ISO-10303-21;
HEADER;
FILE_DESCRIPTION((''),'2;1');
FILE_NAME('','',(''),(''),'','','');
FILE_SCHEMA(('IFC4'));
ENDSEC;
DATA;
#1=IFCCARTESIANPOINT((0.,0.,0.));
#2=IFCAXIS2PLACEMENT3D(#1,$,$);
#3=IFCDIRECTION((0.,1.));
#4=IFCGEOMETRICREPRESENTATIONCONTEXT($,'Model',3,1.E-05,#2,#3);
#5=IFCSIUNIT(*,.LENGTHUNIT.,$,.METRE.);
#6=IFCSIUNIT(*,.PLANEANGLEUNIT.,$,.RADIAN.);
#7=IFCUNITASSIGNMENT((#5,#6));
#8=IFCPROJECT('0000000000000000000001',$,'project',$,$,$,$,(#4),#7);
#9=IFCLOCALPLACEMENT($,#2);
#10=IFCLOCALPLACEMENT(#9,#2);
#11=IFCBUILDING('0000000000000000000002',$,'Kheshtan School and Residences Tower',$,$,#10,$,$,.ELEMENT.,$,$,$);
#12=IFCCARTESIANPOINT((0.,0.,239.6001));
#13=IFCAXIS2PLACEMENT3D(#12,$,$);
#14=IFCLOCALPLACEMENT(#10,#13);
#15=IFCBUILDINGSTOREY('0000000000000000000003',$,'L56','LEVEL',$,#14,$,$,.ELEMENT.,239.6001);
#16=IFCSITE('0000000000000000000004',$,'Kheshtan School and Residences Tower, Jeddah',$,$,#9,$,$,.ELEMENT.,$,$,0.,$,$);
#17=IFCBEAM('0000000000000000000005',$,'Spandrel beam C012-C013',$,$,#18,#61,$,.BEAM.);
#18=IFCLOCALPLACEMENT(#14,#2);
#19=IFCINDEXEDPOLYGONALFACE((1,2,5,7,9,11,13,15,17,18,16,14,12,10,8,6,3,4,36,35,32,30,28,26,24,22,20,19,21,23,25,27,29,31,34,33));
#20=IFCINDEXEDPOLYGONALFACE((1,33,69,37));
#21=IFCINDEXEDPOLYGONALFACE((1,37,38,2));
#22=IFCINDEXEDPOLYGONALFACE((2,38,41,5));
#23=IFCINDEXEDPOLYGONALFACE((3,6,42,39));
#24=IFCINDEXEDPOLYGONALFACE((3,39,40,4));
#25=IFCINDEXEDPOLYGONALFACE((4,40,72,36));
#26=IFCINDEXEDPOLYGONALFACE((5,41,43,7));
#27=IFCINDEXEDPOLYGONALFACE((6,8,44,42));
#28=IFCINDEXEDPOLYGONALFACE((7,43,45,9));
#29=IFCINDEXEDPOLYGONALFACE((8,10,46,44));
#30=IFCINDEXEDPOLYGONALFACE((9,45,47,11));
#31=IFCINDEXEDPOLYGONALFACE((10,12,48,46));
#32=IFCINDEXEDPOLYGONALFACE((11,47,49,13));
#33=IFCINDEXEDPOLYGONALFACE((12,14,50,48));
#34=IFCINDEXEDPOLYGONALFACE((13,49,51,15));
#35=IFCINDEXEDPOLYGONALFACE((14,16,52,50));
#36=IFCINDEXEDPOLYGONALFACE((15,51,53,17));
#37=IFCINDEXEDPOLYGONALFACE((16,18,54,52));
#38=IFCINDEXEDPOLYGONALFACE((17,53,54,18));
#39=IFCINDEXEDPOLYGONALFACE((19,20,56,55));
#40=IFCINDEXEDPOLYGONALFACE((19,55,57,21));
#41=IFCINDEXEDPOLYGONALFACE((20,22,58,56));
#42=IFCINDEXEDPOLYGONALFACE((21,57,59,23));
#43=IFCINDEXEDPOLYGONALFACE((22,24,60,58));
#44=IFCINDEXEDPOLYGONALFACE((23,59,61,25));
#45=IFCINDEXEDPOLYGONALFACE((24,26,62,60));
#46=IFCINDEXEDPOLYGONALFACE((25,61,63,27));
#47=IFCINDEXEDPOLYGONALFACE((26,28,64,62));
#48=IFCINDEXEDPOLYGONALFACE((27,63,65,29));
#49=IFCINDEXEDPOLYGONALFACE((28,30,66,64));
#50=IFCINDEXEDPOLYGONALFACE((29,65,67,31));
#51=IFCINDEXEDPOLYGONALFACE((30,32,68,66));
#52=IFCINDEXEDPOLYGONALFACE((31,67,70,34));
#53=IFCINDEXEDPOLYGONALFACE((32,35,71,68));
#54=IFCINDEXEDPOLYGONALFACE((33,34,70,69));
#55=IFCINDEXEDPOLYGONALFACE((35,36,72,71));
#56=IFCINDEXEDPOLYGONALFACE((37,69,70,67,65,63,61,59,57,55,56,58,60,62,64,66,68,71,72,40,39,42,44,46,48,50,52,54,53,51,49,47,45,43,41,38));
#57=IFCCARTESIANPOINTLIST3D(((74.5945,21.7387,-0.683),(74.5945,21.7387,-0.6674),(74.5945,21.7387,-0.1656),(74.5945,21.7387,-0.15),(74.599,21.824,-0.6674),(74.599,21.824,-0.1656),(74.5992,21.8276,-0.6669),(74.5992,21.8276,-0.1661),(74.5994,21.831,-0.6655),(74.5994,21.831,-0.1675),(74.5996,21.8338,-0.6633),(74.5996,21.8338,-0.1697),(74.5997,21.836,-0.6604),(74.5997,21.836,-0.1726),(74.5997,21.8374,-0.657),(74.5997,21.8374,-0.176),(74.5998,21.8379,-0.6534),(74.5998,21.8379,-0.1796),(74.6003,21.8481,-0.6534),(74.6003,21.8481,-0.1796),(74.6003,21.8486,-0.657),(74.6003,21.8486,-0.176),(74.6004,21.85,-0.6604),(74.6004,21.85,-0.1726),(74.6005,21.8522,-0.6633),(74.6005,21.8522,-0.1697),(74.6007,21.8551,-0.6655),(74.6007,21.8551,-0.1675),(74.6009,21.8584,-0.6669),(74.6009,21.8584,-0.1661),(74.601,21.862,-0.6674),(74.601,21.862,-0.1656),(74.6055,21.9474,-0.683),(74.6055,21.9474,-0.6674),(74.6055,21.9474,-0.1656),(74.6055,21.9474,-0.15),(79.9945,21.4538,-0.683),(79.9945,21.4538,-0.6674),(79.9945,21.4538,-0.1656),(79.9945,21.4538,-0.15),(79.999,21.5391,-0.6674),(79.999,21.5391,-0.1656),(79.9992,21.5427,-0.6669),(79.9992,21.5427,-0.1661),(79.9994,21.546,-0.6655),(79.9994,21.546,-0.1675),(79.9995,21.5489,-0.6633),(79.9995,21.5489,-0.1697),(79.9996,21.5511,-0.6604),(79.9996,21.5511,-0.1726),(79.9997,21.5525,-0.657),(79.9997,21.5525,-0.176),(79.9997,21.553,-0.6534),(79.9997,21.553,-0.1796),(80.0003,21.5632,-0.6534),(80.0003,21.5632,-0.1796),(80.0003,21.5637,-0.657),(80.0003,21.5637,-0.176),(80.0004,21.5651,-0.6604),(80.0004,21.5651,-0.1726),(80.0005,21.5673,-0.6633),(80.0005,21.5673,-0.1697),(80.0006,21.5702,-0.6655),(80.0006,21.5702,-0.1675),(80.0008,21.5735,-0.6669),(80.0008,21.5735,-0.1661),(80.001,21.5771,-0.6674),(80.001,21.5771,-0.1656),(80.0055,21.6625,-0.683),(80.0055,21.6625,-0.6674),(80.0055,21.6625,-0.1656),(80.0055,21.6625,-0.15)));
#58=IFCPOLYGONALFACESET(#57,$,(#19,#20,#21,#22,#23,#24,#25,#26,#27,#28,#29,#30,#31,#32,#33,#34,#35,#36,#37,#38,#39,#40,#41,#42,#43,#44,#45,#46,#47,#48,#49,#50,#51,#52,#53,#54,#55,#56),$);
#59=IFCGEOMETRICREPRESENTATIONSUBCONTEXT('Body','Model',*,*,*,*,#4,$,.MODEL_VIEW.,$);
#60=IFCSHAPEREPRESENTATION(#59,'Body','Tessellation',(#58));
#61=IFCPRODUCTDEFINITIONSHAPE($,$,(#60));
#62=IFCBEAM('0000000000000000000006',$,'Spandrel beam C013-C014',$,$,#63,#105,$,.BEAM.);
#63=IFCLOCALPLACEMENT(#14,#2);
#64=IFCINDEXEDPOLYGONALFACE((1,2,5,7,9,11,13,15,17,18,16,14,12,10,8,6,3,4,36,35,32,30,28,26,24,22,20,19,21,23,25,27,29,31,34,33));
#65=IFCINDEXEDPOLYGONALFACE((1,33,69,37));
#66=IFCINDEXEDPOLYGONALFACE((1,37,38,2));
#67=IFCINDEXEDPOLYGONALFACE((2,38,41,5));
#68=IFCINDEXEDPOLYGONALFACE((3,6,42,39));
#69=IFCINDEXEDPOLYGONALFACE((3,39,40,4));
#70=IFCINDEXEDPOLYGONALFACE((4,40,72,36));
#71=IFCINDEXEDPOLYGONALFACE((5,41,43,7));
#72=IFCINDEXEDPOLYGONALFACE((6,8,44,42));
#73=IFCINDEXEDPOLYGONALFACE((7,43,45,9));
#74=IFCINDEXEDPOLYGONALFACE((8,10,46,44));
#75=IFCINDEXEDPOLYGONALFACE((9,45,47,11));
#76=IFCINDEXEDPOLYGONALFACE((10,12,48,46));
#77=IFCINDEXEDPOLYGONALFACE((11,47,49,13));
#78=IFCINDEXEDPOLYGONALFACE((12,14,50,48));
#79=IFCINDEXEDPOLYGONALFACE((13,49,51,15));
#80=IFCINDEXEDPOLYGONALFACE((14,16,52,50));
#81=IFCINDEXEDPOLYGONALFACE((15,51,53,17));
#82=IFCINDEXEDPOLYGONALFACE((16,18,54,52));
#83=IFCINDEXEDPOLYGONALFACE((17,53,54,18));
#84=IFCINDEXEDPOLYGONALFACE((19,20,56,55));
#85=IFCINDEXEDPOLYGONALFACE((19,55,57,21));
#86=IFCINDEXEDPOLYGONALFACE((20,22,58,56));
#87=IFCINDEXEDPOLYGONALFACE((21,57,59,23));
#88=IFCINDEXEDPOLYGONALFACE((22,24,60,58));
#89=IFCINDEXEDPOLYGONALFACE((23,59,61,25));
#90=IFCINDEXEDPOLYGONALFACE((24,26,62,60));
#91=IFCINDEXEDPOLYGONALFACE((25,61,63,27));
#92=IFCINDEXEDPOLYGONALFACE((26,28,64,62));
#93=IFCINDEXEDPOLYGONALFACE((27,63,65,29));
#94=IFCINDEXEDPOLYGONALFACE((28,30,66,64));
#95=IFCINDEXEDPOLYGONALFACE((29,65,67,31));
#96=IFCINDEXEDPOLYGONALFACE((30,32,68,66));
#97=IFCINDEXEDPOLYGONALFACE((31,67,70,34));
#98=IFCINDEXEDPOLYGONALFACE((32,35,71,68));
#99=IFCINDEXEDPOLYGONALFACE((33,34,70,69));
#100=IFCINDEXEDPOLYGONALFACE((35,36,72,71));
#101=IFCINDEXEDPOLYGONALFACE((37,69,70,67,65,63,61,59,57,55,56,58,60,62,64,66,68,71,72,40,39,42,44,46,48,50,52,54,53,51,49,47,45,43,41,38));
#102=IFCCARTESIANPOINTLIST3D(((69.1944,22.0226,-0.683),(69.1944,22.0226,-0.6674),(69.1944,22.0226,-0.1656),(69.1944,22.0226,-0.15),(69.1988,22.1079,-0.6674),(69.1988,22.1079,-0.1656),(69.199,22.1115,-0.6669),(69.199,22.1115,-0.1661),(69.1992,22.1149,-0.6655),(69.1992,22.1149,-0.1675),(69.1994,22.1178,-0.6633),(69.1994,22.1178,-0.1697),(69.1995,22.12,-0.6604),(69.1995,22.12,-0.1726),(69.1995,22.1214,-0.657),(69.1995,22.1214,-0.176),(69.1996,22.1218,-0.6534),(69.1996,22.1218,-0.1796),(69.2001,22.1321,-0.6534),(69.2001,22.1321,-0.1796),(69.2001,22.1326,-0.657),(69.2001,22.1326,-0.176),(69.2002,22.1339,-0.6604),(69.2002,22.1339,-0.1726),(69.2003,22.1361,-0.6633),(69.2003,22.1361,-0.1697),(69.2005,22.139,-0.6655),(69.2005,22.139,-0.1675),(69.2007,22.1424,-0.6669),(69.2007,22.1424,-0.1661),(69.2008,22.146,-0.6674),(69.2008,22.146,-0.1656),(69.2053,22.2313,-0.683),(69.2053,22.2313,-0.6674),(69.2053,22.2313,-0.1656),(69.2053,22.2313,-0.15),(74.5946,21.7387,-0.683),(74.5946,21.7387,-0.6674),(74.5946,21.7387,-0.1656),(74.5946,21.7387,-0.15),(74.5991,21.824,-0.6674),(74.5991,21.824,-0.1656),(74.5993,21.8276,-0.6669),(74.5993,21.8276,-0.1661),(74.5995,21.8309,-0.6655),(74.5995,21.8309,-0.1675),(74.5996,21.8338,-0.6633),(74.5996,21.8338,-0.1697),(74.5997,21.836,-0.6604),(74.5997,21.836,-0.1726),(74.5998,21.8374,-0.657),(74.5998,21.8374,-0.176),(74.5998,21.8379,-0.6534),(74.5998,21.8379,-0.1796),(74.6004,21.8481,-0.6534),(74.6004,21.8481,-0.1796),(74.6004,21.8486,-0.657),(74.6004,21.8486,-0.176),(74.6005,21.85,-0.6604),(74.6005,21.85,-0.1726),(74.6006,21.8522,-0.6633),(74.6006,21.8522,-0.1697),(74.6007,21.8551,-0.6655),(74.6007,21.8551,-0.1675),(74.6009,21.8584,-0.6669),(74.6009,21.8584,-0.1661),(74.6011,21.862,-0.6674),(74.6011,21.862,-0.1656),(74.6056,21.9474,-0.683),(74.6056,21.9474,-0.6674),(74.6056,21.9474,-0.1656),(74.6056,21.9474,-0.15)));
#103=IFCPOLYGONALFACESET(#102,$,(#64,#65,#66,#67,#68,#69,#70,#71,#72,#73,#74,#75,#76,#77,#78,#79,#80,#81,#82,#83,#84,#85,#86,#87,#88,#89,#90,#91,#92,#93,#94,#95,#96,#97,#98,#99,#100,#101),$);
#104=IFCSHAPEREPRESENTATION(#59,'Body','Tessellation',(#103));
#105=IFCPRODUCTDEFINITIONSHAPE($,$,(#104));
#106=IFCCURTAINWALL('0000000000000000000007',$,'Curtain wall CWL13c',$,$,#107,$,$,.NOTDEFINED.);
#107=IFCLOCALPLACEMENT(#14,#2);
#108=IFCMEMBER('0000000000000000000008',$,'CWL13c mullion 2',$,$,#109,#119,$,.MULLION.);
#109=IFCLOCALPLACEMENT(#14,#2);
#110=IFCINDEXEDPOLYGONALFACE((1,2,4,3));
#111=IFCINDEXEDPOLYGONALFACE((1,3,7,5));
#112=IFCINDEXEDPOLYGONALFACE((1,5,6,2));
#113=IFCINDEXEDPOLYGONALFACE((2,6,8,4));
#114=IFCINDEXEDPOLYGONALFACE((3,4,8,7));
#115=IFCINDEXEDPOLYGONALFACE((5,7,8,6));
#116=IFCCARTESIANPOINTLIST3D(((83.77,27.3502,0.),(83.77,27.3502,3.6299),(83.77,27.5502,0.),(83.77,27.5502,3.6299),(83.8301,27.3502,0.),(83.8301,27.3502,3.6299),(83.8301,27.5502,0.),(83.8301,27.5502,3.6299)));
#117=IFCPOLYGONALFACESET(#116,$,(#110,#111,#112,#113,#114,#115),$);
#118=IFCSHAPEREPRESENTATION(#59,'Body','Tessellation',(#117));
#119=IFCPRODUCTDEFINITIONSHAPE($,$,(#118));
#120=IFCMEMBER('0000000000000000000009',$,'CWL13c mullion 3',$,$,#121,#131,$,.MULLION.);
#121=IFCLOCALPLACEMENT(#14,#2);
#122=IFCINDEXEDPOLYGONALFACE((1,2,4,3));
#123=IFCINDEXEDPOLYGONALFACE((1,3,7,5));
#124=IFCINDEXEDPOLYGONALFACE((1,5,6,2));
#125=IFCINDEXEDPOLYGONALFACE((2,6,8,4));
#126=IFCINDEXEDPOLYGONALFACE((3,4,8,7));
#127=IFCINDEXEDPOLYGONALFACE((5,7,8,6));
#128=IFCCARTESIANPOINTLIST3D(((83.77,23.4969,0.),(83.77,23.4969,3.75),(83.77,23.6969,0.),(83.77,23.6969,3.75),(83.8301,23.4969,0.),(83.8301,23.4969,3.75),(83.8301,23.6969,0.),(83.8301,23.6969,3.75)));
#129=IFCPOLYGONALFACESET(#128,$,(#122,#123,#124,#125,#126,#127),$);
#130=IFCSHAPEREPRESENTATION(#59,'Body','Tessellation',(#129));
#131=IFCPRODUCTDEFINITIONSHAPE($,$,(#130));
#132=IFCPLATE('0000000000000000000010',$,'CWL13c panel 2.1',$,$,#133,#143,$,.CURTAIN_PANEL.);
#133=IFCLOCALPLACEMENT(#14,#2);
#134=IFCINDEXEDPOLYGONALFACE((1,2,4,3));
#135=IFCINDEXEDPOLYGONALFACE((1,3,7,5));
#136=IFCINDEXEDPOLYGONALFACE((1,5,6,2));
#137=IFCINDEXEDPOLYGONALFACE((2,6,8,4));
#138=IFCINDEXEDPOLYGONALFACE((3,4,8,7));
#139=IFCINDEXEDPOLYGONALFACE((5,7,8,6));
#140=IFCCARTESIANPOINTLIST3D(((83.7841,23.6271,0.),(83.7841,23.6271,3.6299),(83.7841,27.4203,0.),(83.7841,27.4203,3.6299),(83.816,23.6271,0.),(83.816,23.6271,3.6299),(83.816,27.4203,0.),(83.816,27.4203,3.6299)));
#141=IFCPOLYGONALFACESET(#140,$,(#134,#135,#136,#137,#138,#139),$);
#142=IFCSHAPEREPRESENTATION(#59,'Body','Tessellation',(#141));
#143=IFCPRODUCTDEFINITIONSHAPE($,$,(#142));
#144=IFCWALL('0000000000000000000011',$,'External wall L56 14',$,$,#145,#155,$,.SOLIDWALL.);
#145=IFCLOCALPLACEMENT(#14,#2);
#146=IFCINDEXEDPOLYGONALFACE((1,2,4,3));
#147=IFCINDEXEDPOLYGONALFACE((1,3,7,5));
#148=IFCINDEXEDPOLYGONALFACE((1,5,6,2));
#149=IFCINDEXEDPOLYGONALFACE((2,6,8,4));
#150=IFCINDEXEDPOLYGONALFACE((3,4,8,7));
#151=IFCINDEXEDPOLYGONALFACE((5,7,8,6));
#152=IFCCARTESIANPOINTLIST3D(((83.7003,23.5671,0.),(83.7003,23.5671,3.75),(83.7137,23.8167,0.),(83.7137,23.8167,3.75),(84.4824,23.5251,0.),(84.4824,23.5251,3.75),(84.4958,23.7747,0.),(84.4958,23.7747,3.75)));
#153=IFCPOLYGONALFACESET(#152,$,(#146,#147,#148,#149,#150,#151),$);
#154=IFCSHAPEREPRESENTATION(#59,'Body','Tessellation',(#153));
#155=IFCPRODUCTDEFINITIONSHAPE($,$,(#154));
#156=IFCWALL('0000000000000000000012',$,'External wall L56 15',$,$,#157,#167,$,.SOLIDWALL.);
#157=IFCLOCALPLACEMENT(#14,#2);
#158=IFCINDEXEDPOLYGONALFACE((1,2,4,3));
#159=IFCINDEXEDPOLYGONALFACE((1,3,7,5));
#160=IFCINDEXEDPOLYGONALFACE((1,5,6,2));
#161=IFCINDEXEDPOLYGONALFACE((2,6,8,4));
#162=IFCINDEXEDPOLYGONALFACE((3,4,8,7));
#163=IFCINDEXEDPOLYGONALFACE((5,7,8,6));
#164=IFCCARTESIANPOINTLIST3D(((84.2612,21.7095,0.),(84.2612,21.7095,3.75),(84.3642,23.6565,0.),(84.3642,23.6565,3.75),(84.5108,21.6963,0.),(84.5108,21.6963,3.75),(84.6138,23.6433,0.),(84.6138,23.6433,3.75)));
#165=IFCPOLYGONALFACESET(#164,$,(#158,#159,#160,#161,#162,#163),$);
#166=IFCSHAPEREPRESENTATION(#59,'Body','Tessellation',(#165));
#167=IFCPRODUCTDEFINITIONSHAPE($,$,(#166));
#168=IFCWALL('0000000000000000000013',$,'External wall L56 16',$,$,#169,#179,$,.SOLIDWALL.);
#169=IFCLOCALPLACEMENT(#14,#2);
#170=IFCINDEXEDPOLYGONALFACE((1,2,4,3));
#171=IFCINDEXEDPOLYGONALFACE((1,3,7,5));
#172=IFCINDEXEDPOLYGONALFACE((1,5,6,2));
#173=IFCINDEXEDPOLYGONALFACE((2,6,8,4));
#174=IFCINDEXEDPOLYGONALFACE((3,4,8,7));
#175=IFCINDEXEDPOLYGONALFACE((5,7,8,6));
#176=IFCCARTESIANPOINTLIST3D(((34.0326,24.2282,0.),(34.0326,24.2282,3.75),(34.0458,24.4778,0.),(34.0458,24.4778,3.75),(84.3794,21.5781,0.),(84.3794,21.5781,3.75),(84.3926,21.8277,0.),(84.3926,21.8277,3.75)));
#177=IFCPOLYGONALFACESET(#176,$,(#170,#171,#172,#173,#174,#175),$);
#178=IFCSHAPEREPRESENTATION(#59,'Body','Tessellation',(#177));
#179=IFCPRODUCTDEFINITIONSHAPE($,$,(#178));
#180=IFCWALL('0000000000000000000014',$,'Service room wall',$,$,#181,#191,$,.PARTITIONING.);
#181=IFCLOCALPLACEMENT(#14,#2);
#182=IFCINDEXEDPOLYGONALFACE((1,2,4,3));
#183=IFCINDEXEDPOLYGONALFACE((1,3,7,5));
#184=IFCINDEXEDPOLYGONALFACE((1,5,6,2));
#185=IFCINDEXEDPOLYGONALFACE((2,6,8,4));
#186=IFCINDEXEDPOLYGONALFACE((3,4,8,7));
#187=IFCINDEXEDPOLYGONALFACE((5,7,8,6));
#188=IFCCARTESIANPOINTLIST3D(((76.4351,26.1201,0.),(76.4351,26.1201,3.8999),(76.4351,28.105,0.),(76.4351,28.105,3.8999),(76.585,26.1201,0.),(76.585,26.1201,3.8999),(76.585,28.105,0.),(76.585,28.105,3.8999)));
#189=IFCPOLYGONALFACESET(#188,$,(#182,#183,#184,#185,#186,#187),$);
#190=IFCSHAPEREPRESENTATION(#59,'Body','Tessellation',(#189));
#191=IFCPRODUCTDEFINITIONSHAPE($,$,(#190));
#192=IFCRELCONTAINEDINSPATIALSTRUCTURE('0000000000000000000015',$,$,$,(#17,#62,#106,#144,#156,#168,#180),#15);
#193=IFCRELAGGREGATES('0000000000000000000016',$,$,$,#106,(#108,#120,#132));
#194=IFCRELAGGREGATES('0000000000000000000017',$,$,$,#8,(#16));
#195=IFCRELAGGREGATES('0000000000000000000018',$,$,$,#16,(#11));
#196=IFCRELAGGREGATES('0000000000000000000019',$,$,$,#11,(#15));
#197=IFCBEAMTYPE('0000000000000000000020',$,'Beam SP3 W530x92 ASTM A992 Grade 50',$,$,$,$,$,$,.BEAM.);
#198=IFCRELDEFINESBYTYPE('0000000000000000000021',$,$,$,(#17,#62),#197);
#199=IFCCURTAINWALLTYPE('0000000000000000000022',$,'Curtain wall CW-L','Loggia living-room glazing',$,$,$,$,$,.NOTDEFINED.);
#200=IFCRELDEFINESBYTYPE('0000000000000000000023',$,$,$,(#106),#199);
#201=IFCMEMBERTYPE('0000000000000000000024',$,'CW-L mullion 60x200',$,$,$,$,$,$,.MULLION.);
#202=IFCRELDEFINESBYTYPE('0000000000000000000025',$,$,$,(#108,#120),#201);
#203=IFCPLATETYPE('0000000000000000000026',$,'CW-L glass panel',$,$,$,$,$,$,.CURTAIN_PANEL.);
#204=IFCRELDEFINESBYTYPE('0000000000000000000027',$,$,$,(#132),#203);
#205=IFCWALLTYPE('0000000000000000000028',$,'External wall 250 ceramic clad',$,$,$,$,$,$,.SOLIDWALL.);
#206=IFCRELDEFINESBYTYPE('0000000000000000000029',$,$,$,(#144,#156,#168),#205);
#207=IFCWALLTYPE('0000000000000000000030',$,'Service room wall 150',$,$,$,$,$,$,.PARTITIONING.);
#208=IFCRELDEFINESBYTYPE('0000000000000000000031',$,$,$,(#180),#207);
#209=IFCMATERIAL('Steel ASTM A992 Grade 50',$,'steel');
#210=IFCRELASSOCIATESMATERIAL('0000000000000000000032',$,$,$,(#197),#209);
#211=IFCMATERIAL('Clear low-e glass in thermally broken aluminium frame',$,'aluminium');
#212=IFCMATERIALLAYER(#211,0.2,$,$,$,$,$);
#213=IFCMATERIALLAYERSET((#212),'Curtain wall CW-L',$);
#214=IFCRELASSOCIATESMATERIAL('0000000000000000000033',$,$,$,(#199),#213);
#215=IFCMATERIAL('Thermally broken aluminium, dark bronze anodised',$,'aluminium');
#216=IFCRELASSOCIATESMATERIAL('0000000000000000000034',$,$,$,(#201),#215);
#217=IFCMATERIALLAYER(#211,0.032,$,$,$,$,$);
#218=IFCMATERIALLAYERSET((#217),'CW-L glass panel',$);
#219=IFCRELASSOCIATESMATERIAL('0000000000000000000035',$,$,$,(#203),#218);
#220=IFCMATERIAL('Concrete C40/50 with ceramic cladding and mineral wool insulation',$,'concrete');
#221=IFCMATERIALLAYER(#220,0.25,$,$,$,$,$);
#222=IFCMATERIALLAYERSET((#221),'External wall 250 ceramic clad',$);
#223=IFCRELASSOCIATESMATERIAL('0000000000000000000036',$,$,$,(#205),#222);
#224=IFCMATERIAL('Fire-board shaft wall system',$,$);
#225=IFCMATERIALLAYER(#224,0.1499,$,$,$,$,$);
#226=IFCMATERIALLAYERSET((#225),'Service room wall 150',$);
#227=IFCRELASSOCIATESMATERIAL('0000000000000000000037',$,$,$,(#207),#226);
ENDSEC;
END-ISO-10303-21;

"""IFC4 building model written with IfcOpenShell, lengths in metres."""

from ifc_helpers import new_model, si_unit, direction, frame, frame_2d, origin, origin_2d, place, context, subcontext, project, spatial, rectangle, i_section, extrude, material, layer, layer_set, material_profile, profile_set, type_object, element, aggregate, save


model = new_model("IFC4")

# Units and contexts
model_context = context("Model", 3, precision=1e-05, world=origin(), true_north=direction((0.0, 1.0)))
body_context = subcontext(model_context, "Body", "Model", "MODEL_VIEW")
ifc_project = project(units=[si_unit("LENGTHUNIT", "METRE"), si_unit("PLANEANGLEUNIT", "RADIAN")], contexts=[model_context])

# Site, building, storey
site_placement = place(None, origin())
site = spatial("IfcSite", under=ifc_project, at=site_placement, Name="Kheshtan School and Residences Tower, Jeddah", CompositionType="ELEMENT", RefElevation=0.0)
building_placement = place(site_placement, origin())
building = spatial("IfcBuilding", under=site, at=building_placement, Name="Kheshtan School and Residences Tower", CompositionType="ELEMENT")
storey_placement = place(building_placement, frame((0.0, 0.0, 239.6001)))
storey = spatial("IfcBuildingStorey", under=building, at=storey_placement, Name="L56", Description="LEVEL", CompositionType="ELEMENT", Elevation=239.6001)

# Shared definitions
ifc_material_1 = material(Name="Steel ASTM A992 Grade 50", Category="steel")

# Beams
ifc_material_profile_1 = material_profile(ifc_material_1, i_section(OverallWidth=0.209, OverallDepth=0.533, WebThickness=0.0103, FlangeThickness=0.0156, FilletRadius=0.0139, at=origin_2d()), Name="W530x92")
ifc_profile_set_1 = profile_set([ifc_material_profile_1], Name="Steel ASTM A992 Grade 50")
beam_type = type_object("IfcBeamType", Name="Beam SP3 W530x92 ASTM A992 Grade 50", PredefinedType="BEAM", material=ifc_profile_set_1)
beam_1_placement = place(storey_placement, frame((80.0, 21.5581, -0.4165), z_axis=(-0.998611, 0.052689, 0.0), x_axis=(-0.052689, -0.998611, 0.0)))
element("IfcBeam", 1, at=beam_1_placement, inside=storey, type_object=beam_type, Name="Spandrel beam C012-C013", PredefinedType="BEAM", context=body_context, shape_type="SweptSolid", body=[
    extrude(i_section(OverallWidth=0.209, OverallDepth=0.533, WebThickness=0.0103, FlangeThickness=0.0156, FilletRadius=0.0139, at=origin_2d()), origin(), (0.0, 0.0, 1.0), 5.4075),
])
beam_2_placement = place(storey_placement, frame((74.6001, 21.843, -0.4165), z_axis=(-0.998621, 0.052507, 0.0), x_axis=(-0.052507, -0.998621, 0.0)))
element("IfcBeam", 2, at=beam_2_placement, inside=storey, type_object=beam_type, Name="Spandrel beam C013-C014", PredefinedType="BEAM", context=body_context, shape_type="SweptSolid", body=[
    extrude(i_section(OverallWidth=0.209, OverallDepth=0.533, WebThickness=0.0103, FlangeThickness=0.0156, FilletRadius=0.0139, at=origin_2d()), origin(), (0.0, 0.0, 1.0), 5.4077),
])

# Curtain wall, members, plate
ifc_material_2 = material(Name="Clear low-e glass in thermally broken aluminium frame", Category="aluminium")
ifc_layer_1 = layer(ifc_material_2, 0.2)
ifc_layer_set_1 = layer_set([ifc_layer_1], Name="Curtain wall CW-L")
curtain_wall_type = type_object("IfcCurtainWallType", Name="Curtain wall CW-L", Description="Loggia living-room glazing", PredefinedType="NOTDEFINED", material=ifc_layer_set_1)
curtain_wall_placement = place(storey_placement, origin())
curtain_wall = element("IfcCurtainWall", 3, at=curtain_wall_placement, inside=storey, type_object=curtain_wall_type, Name="Curtain wall CWL13c", PredefinedType="NOTDEFINED")
ifc_material_3 = material(Name="Thermally broken aluminium, dark bronze anodised", Category="aluminium")
ifc_material_profile_2 = material_profile(ifc_material_3, rectangle(XDim=0.0601, YDim=0.2, at=origin_2d()), Name="CW-L mullion 60x200")
ifc_profile_set_2 = profile_set([ifc_material_profile_2], Name="Thermally broken aluminium, dark bronze anodised")
member_type = type_object("IfcMemberType", Name="CW-L mullion 60x200", PredefinedType="MULLION", material=ifc_profile_set_2)
member_1_placement = place(storey_placement, frame((83.8, 27.4502, 0.0), z_axis=(0.0, 0.0, 1.0), x_axis=(1.0, 0.0, 0.0)))
member_1 = element("IfcMember", 4, at=member_1_placement, type_object=member_type, Name="CWL13c mullion 2", PredefinedType="MULLION", context=body_context, shape_type="SweptSolid", body=[
    extrude(rectangle(XDim=0.0601, YDim=0.2, at=origin_2d()), origin(), (0.0, 0.0, 1.0), 3.6299),
])
member_2_placement = place(storey_placement, frame((83.8, 23.5969, 0.0), z_axis=(0.0, 0.0, 1.0), x_axis=(1.0, 0.0, 0.0)))
member_2 = element("IfcMember", 5, at=member_2_placement, type_object=member_type, Name="CWL13c mullion 3", PredefinedType="MULLION", context=body_context, shape_type="SweptSolid", body=[
    extrude(rectangle(XDim=0.0601, YDim=0.2, at=origin_2d()), origin(), (0.0, 0.0, 1.0), 3.75),
])
ifc_layer_2 = layer(ifc_material_2, 0.032)
ifc_layer_set_2 = layer_set([ifc_layer_2], Name="CW-L glass panel")
plate_type = type_object("IfcPlateType", Name="CW-L glass panel", PredefinedType="CURTAIN_PANEL", material=ifc_layer_set_2)
plate_placement = place(storey_placement, frame((83.8, 25.5237, 0.0), z_axis=(0.0, 0.0, 1.0), x_axis=(0.0, -1.0, 0.0)))
plate = element("IfcPlate", 6, at=plate_placement, type_object=plate_type, Name="CWL13c panel 2.1", PredefinedType="CURTAIN_PANEL", context=body_context, shape_type="SweptSolid", body=[
    extrude(rectangle(XDim=3.7932, YDim=0.032, at=origin_2d()), origin(), (0.0, 0.0, 1.0), 3.6299),
])
aggregate(curtain_wall, [member_1, member_2, plate])

# Walls
ifc_material_4 = material(Name="Concrete C40/50 with ceramic cladding and mineral wool insulation", Category="concrete")
ifc_layer_3 = layer(ifc_material_4, 0.25)
ifc_layer_set_3 = layer_set([ifc_layer_3], Name="External wall 250 ceramic clad")
wall_type_1 = type_object("IfcWallType", Name="External wall 250 ceramic clad", PredefinedType="SOLIDWALL", material=ifc_layer_set_3)
wall_1_placement = place(storey_placement, frame((83.707, 23.6919, 0.0), z_axis=(0.0, 0.0, 1.0), x_axis=(0.998561, -0.053622, 0.0)))
element("IfcWall", 7, at=wall_1_placement, inside=storey, type_object=wall_type_1, Name="External wall L56 14", PredefinedType="SOLIDWALL", context=body_context, shape_type="SweptSolid", body=[
    extrude(rectangle(XDim=0.7832, YDim=0.25, at=frame_2d((0.3916, 0.0))), origin(), (0.0, 0.0, 1.0), 3.75),
])
wall_2_placement = place(storey_placement, frame((84.489, 23.6499, 0.0), z_axis=(0.0, 0.0, 1.0), x_axis=(-0.052841, -0.998603, 0.0)))
element("IfcWall", 8, at=wall_2_placement, inside=storey, type_object=wall_type_1, Name="External wall L56 15", PredefinedType="SOLIDWALL", context=body_context, shape_type="SweptSolid", body=[
    extrude(rectangle(XDim=1.9497, YDim=0.25, at=frame_2d((0.9749, 0.0))), origin(), (0.0, 0.0, 1.0), 3.75),
])
wall_3_placement = place(storey_placement, frame((84.386, 21.7029, 0.0), z_axis=(0.0, 0.0, 1.0), x_axis=(-0.998618, 0.052565, 0.0)))
element("IfcWall", 9, at=wall_3_placement, inside=storey, type_object=wall_type_1, Name="External wall L56 16", PredefinedType="SOLIDWALL", context=body_context, shape_type="SweptSolid", body=[
    extrude(rectangle(XDim=50.4165, YDim=0.25, at=frame_2d((25.2083, 0.0))), origin(), (0.0, 0.0, 1.0), 3.75),
])
ifc_material_5 = material(Name="Fire-board shaft wall system")
ifc_layer_4 = layer(ifc_material_5, 0.1499)
ifc_layer_set_4 = layer_set([ifc_layer_4], Name="Service room wall 150")
wall_type_2 = type_object("IfcWallType", Name="Service room wall 150", PredefinedType="PARTITIONING", material=ifc_layer_set_4)
wall_4_placement = place(storey_placement, frame((76.51, 26.1201, 0.0), z_axis=(0.0, 0.0, 1.0), x_axis=(0.0, 1.0, 0.0)))
element("IfcWall", 10, at=wall_4_placement, inside=storey, type_object=wall_type_2, Name="Service room wall", PredefinedType="PARTITIONING", context=body_context, shape_type="SweptSolid", body=[
    extrude(rectangle(XDim=1.9849, YDim=0.1499, at=frame_2d((0.9924, 0.0))), origin(), (0.0, 0.0, 1.0), 3.8999),
])

save(model, "model.ifc")
